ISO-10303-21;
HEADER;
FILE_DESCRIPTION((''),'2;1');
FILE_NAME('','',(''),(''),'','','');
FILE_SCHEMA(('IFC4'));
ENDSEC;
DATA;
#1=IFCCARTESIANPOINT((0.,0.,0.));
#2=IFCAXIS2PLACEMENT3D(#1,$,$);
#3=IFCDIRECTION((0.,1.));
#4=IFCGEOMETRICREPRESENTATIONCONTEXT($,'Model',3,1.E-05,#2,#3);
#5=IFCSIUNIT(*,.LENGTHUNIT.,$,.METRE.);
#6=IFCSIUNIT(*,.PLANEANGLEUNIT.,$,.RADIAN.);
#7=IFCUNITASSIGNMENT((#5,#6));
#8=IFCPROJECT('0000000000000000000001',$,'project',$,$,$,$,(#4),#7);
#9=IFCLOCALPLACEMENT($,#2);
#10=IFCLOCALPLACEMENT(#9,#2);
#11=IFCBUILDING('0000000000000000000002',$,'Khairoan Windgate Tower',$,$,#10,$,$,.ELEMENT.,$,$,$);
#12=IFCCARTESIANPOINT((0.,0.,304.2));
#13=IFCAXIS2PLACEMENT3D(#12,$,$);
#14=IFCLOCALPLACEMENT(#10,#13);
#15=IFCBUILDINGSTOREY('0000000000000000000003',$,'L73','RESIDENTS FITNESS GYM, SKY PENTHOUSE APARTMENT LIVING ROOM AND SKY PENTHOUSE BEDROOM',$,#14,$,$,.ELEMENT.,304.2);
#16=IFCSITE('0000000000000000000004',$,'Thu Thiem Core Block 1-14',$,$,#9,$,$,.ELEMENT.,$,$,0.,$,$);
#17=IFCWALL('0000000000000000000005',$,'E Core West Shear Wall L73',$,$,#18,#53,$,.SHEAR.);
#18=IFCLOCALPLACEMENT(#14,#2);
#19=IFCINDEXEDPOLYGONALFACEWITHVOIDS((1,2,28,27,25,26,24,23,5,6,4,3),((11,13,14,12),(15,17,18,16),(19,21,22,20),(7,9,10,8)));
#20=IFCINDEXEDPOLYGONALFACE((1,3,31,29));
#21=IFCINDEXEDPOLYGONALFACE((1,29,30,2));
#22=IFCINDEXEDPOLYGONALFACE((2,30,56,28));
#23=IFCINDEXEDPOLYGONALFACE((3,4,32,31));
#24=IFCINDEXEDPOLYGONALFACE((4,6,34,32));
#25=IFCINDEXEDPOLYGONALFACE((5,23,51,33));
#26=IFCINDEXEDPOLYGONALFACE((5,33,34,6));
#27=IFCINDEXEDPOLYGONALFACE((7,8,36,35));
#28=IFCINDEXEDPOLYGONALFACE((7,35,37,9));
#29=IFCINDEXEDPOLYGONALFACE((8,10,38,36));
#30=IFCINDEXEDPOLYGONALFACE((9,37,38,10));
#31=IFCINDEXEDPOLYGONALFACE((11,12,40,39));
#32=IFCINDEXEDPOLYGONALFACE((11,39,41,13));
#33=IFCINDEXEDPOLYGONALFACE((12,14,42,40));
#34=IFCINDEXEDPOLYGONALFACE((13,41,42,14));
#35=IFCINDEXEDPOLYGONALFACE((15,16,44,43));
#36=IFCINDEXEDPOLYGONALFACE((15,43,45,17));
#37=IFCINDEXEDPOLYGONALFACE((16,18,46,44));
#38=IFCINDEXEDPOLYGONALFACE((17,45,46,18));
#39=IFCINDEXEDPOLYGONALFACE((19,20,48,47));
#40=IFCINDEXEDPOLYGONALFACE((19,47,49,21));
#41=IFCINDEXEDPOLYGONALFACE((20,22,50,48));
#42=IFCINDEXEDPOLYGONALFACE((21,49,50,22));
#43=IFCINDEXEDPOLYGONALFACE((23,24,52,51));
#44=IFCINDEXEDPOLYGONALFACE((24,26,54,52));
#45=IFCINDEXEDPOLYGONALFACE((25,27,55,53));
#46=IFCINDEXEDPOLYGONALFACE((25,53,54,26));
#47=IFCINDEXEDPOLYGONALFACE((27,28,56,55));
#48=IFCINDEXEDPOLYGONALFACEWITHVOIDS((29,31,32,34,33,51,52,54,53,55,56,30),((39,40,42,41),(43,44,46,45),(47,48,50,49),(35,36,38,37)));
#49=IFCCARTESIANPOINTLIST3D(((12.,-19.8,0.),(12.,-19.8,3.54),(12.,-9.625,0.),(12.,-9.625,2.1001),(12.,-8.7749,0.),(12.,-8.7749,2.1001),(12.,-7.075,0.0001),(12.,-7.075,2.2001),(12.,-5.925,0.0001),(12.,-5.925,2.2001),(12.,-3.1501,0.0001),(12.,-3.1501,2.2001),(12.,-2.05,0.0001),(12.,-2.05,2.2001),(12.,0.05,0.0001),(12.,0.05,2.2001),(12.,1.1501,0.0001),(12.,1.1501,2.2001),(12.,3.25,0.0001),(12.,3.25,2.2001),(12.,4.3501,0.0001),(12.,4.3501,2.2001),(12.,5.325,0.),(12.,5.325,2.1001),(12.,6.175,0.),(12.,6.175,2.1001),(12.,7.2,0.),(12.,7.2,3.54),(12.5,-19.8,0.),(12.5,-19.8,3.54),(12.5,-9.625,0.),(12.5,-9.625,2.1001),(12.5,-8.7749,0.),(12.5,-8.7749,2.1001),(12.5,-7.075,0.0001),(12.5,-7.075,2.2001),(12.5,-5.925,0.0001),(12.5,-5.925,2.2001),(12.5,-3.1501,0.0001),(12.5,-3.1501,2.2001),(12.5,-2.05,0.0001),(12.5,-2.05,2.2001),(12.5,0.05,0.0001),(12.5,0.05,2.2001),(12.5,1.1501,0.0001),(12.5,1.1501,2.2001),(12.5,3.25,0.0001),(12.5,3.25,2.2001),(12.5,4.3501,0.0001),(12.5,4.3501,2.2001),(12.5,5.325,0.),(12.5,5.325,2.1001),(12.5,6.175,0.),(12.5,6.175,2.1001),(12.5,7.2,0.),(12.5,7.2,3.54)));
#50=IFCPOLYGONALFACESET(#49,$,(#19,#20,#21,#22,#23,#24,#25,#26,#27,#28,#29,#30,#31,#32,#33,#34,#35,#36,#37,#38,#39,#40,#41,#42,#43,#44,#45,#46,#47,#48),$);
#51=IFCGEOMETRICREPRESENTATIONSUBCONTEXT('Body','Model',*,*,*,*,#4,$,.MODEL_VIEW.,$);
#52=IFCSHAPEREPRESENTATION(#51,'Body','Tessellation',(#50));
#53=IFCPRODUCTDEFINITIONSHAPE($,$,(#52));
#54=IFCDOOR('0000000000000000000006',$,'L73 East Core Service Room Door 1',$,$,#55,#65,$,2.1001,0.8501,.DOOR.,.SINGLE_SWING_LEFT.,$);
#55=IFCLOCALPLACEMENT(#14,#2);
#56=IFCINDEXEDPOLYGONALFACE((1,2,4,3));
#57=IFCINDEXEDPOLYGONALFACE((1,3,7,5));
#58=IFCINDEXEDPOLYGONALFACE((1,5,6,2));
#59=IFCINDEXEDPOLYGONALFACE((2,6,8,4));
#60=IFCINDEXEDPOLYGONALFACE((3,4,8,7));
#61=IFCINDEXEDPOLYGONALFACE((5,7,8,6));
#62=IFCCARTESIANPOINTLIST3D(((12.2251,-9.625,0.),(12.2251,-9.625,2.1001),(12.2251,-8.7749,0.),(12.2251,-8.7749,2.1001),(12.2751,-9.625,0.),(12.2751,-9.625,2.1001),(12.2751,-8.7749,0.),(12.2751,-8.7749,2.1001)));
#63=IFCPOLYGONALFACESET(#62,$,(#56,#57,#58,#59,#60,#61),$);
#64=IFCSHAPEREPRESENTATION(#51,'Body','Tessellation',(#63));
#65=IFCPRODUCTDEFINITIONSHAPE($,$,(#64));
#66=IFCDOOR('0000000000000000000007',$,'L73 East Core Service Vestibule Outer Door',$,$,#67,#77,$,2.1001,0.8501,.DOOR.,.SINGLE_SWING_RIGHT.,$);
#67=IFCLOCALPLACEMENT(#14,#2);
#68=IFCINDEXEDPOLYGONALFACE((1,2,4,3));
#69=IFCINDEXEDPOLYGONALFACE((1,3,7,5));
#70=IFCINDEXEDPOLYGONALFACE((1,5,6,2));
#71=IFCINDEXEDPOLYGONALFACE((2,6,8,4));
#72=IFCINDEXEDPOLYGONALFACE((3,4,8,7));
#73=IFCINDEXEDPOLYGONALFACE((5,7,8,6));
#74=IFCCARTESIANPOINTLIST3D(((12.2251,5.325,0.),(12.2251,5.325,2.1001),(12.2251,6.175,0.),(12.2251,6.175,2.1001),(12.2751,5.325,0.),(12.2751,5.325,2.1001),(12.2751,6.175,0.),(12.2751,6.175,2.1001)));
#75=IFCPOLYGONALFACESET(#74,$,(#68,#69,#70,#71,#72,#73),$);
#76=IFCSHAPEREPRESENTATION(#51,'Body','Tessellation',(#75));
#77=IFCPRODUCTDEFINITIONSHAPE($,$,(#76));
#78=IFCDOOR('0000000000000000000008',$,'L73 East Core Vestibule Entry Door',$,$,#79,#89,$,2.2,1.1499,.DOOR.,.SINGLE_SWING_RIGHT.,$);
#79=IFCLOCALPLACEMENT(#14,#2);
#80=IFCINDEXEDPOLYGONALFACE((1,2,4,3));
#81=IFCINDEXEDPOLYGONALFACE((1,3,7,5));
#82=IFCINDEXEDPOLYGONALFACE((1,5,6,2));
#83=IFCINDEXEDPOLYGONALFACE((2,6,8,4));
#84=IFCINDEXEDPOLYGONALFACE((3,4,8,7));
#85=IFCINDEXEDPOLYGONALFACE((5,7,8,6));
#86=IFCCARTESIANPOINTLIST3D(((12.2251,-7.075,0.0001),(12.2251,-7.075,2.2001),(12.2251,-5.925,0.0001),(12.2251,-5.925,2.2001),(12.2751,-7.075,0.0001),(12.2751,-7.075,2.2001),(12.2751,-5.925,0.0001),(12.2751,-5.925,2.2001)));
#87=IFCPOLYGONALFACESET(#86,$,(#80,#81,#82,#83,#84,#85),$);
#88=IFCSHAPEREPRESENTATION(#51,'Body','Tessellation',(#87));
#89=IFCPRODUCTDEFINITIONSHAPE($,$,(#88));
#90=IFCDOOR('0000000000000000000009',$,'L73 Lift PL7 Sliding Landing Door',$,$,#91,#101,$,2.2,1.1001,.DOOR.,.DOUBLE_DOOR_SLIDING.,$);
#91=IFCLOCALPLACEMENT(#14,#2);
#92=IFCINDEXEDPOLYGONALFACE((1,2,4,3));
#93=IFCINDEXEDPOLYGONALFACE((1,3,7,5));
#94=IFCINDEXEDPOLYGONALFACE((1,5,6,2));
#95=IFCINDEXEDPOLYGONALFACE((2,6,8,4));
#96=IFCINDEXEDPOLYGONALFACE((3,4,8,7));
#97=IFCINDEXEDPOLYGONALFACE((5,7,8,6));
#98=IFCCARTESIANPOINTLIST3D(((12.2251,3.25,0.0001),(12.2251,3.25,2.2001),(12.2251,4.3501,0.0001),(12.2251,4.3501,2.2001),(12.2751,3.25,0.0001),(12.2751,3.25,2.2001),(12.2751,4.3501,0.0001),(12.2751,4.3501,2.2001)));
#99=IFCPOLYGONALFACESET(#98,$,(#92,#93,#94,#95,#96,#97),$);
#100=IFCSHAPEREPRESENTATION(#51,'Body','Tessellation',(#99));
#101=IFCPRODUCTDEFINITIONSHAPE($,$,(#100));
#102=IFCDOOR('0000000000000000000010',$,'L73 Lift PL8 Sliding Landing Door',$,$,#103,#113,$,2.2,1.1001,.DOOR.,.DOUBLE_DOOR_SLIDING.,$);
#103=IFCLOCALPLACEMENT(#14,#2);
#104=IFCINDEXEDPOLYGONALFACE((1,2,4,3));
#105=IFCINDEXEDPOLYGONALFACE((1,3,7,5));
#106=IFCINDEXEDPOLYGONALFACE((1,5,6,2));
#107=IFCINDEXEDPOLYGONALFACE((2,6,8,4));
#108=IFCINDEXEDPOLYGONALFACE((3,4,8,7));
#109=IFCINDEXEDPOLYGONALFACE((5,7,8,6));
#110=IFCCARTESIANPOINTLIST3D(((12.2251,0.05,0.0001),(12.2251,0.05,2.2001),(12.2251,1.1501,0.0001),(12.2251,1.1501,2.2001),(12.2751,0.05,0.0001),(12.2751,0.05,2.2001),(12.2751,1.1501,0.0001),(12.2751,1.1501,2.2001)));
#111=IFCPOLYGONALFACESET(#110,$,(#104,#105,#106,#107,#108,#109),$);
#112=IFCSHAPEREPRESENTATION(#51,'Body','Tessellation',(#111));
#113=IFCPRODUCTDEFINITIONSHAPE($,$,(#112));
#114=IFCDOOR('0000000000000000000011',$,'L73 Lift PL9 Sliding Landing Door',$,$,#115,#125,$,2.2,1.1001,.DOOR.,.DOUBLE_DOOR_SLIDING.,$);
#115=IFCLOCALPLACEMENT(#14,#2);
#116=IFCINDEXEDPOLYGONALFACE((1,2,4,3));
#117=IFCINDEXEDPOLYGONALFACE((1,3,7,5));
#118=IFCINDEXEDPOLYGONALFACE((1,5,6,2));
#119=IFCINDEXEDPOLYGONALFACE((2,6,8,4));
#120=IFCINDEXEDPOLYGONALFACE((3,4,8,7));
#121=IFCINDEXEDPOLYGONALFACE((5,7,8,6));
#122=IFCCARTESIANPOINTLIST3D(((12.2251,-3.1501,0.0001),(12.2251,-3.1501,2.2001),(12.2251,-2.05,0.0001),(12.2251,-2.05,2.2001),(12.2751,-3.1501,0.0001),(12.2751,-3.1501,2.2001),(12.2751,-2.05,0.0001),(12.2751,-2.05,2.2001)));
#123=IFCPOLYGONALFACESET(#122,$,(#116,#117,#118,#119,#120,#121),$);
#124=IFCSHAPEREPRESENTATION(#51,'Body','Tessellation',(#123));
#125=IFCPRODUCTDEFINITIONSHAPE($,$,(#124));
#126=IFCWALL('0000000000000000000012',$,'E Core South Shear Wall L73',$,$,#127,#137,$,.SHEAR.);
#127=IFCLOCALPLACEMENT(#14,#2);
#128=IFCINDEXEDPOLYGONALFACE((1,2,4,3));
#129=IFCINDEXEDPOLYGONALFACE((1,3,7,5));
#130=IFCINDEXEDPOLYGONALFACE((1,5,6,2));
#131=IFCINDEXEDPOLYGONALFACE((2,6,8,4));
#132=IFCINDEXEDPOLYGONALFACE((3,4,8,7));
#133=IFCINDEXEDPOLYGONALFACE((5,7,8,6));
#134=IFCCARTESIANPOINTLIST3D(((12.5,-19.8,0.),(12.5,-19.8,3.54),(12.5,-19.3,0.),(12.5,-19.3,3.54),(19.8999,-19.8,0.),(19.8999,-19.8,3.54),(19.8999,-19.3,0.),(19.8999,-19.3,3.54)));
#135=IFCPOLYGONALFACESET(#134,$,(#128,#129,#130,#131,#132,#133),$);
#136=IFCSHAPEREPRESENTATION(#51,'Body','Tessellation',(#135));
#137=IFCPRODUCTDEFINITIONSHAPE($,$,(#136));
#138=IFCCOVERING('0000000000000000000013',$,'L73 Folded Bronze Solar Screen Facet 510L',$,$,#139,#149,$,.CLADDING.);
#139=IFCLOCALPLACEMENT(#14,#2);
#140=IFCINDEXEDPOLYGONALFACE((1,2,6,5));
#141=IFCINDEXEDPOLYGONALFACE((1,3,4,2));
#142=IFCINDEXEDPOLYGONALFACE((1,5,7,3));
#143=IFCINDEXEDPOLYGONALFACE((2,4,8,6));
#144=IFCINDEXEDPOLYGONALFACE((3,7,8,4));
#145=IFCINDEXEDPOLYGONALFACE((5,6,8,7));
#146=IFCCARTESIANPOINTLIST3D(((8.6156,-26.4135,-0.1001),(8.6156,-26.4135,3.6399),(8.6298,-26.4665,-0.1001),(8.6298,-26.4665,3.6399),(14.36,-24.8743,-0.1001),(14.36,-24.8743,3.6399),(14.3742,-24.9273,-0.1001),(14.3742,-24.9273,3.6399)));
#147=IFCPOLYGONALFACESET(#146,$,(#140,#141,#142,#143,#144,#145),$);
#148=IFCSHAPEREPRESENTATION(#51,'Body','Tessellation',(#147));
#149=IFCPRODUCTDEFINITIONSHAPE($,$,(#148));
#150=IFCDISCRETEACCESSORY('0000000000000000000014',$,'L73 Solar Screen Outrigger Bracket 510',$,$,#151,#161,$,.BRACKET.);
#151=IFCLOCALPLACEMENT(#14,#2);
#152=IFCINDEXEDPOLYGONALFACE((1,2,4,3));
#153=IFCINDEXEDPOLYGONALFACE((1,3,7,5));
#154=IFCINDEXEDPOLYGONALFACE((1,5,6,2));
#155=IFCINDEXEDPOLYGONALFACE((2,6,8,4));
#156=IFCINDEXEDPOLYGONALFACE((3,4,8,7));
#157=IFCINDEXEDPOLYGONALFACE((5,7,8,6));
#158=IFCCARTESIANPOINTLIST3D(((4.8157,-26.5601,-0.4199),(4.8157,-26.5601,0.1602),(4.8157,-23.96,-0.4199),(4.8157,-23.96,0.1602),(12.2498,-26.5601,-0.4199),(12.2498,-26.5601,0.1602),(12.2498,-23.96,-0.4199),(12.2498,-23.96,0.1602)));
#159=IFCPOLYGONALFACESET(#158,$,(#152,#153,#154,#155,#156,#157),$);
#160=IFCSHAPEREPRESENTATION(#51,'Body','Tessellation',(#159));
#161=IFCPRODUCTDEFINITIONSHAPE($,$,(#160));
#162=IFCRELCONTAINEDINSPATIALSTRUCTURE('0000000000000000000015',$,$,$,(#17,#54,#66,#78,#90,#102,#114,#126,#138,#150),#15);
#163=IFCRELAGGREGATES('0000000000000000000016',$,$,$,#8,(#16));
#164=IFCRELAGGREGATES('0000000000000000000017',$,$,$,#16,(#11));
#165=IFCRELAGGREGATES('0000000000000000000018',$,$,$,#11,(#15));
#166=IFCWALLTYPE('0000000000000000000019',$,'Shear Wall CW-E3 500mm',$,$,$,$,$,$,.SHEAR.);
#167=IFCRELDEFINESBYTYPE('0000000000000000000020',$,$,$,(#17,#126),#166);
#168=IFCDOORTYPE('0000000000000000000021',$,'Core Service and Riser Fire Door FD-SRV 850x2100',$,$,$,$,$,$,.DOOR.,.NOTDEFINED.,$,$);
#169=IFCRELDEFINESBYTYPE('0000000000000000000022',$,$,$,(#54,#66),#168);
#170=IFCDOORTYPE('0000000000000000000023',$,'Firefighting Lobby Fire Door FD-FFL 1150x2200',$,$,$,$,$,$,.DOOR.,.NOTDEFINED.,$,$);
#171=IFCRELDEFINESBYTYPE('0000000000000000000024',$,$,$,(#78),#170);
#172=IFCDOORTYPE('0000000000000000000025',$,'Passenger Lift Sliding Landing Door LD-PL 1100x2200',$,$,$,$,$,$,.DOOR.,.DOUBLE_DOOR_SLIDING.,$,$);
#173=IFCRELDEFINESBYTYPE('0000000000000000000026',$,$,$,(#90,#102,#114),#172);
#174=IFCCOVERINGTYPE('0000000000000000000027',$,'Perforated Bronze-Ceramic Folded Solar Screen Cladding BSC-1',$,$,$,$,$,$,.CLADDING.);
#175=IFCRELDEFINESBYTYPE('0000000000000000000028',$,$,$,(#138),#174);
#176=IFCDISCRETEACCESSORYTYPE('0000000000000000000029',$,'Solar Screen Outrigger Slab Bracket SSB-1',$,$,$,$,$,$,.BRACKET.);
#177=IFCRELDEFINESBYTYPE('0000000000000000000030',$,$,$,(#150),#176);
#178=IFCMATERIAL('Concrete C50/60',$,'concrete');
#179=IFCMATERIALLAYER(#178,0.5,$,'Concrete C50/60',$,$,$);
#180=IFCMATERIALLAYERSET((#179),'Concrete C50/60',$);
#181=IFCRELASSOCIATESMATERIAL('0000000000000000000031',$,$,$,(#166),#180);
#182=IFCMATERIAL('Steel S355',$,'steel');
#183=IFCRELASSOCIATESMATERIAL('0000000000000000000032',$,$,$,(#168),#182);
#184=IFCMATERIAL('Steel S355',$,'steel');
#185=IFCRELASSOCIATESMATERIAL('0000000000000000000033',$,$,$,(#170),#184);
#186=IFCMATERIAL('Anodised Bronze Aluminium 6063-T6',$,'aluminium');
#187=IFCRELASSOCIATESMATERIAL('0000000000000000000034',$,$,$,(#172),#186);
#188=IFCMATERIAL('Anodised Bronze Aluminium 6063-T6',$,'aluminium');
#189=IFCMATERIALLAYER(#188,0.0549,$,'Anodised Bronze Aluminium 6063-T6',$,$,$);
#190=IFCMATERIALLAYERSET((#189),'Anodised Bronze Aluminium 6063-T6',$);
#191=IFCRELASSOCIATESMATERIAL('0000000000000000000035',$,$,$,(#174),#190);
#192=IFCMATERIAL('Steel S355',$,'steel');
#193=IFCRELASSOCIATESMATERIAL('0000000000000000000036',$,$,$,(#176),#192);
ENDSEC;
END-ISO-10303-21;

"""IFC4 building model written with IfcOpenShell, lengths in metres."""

from ifc_helpers import new_model, si_unit, direction, frame, frame_2d, origin, origin_2d, place, context, subcontext, project, spatial, rectangle, extrude, material, layer, layer_set, type_object, element, fill, save


model = new_model("IFC4")

# Units and contexts
model_context = context("Model", 3, precision=1e-05, world=origin(), true_north=direction((0.0, 1.0)))
body_context = subcontext(model_context, "Body", "Model", "MODEL_VIEW")
ifc_project = project(units=[si_unit("LENGTHUNIT", "METRE"), si_unit("PLANEANGLEUNIT", "RADIAN")], contexts=[model_context])

# Site, building, storey
site_placement = place(None, origin())
site = spatial("IfcSite", under=ifc_project, at=site_placement, Name="Thu Thiem Core Block 1-14", CompositionType="ELEMENT", RefElevation=0.0)
building_placement = place(site_placement, origin())
building = spatial("IfcBuilding", under=site, at=building_placement, Name="Khairoan Windgate Tower", CompositionType="ELEMENT")
storey_placement = place(building_placement, frame((0.0, 0.0, 304.2)))
storey = spatial("IfcBuildingStorey", under=building, at=storey_placement, Name="L73", Description="RESIDENTS FITNESS GYM, SKY PENTHOUSE APARTMENT LIVING ROOM AND SKY PENTHOUSE BEDROOM", CompositionType="ELEMENT", Elevation=304.2)

# Wall, openings, doors
ifc_material_1 = material(Name="Concrete C50/60", Category="concrete")
ifc_layer_1 = layer(ifc_material_1, 0.5, Name="Concrete C50/60")
ifc_layer_set_1 = layer_set([ifc_layer_1], Name="Concrete C50/60")
wall_type_1 = type_object("IfcWallType", Name="Shear Wall CW-E3 500mm", PredefinedType="SHEAR", material=ifc_layer_set_1)
wall_1_placement = place(storey_placement, frame((12.25, -19.8, 0.0), z_axis=(0.0, 0.0, 1.0), x_axis=(0.0, 1.0, 0.0)))
wall_1 = element("IfcWall", 1, at=wall_1_placement, inside=storey, type_object=wall_type_1, Name="E Core West Shear Wall L73", PredefinedType="SHEAR", context=body_context, shape_type="SweptSolid", body=[
    extrude(rectangle(XDim=27.0, YDim=0.5, at=frame_2d((13.5, 0.0))), origin(), (0.0, 0.0, 1.0), 3.54),
])
opening_1_placement = place(wall_1_placement, frame((23.05, 0.0, 0.0)))
opening_1 = element("IfcOpeningElement", 2, at=opening_1_placement, cuts=wall_1, PredefinedType="OPENING", context=body_context, shape_type="SweptSolid", body=[
    extrude(rectangle(XDim=1.1001, YDim=2.2, at=frame_2d((0.55, 1.1001))), frame((0.0, 0.26, 0.0), z_axis=(0.0, -1.0, 0.0), x_axis=(1.0, 0.0, 0.0)), (0.0, 0.0, 1.0), 0.52),
])
opening_2_placement = place(wall_1_placement, frame((19.8501, 0.0, 0.0)))
opening_2 = element("IfcOpeningElement", 3, at=opening_2_placement, cuts=wall_1, PredefinedType="OPENING", context=body_context, shape_type="SweptSolid", body=[
    extrude(rectangle(XDim=1.1001, YDim=2.2, at=frame_2d((0.55, 1.1001))), frame((0.0, 0.26, 0.0), z_axis=(0.0, -1.0, 0.0), x_axis=(1.0, 0.0, 0.0)), (0.0, 0.0, 1.0), 0.52),
])
opening_3_placement = place(wall_1_placement, frame((16.6499, 0.0, 0.0)))
opening_3 = element("IfcOpeningElement", 4, at=opening_3_placement, cuts=wall_1, PredefinedType="OPENING", context=body_context, shape_type="SweptSolid", body=[
    extrude(rectangle(XDim=1.1001, YDim=2.2, at=frame_2d((0.55, 1.1001))), frame((0.0, 0.26, 0.0), z_axis=(0.0, -1.0, 0.0), x_axis=(1.0, 0.0, 0.0)), (0.0, 0.0, 1.0), 0.52),
])
opening_4_placement = place(wall_1_placement, frame((10.175, 0.0, 0.0)))
opening_4 = element("IfcOpeningElement", 5, at=opening_4_placement, cuts=wall_1, PredefinedType="OPENING", context=body_context, shape_type="SweptSolid", body=[
    extrude(rectangle(XDim=0.8501, YDim=2.1001, at=frame_2d((0.425, 1.05))), frame((0.0, 0.26, 0.0), z_axis=(0.0, -1.0, 0.0), x_axis=(1.0, 0.0, 0.0)), (0.0, 0.0, 1.0), 0.52),
])
opening_5_placement = place(wall_1_placement, frame((12.7251, 0.0, 0.0)))
opening_5 = element("IfcOpeningElement", 6, at=opening_5_placement, cuts=wall_1, PredefinedType="OPENING", context=body_context, shape_type="SweptSolid", body=[
    extrude(rectangle(XDim=1.1499, YDim=2.2, at=frame_2d((0.575, 1.1001))), frame((0.0, 0.26, 0.0), z_axis=(0.0, -1.0, 0.0), x_axis=(1.0, 0.0, 0.0)), (0.0, 0.0, 1.0), 0.52),
])
opening_6_placement = place(wall_1_placement, frame((25.125, 0.0, 0.0)))
opening_6 = element("IfcOpeningElement", 7, at=opening_6_placement, cuts=wall_1, PredefinedType="OPENING", context=body_context, shape_type="SweptSolid", body=[
    extrude(rectangle(XDim=0.8501, YDim=2.1001, at=frame_2d((0.425, 1.05))), frame((0.0, 0.26, 0.0), z_axis=(0.0, -1.0, 0.0), x_axis=(1.0, 0.0, 0.0)), (0.0, 0.0, 1.0), 0.52),
])
ifc_material_2 = material(Name="Steel S355", Category="steel")
door_type_1 = type_object("IfcDoorType", Name="Core Service and Riser Fire Door FD-SRV 850x2100", OperationType="NOTDEFINED", PredefinedType="DOOR", material=ifc_material_2)
door_1_placement = place(opening_4_placement, origin())
door_1 = element("IfcDoor", 8, at=door_1_placement, inside=storey, type_object=door_type_1, Name="L73 East Core Service Room Door 1", OperationType="SINGLE_SWING_LEFT", OverallHeight=2.1001, OverallWidth=0.8501, PredefinedType="DOOR", context=body_context, shape_type="SweptSolid", body=[
    extrude(rectangle(XDim=0.8501, YDim=2.1001, at=frame_2d((0.425, 1.05))), frame((0.0, 0.0249, 0.0), z_axis=(0.0, -1.0, 0.0), x_axis=(1.0, 0.0, 0.0)), (0.0, 0.0, 1.0), 0.05),
])
fill(opening_4, door_1)
door_2_placement = place(opening_6_placement, origin())
door_2 = element("IfcDoor", 9, at=door_2_placement, inside=storey, type_object=door_type_1, Name="L73 East Core Service Vestibule Outer Door", OperationType="SINGLE_SWING_RIGHT", OverallHeight=2.1001, OverallWidth=0.8501, PredefinedType="DOOR", context=body_context, shape_type="SweptSolid", body=[
    extrude(rectangle(XDim=0.8501, YDim=2.1001, at=frame_2d((0.425, 1.05))), frame((0.0, 0.0249, 0.0), z_axis=(0.0, -1.0, 0.0), x_axis=(1.0, 0.0, 0.0)), (0.0, 0.0, 1.0), 0.05),
])
fill(opening_6, door_2)
ifc_material_3 = material(Name="Steel S355", Category="steel")
door_type_2 = type_object("IfcDoorType", Name="Firefighting Lobby Fire Door FD-FFL 1150x2200", OperationType="NOTDEFINED", PredefinedType="DOOR", material=ifc_material_3)
door_3_placement = place(opening_5_placement, origin())
door_3 = element("IfcDoor", 10, at=door_3_placement, inside=storey, type_object=door_type_2, Name="L73 East Core Vestibule Entry Door", OperationType="SINGLE_SWING_RIGHT", OverallHeight=2.2, OverallWidth=1.1499, PredefinedType="DOOR", context=body_context, shape_type="SweptSolid", body=[
    extrude(rectangle(XDim=1.1499, YDim=2.2, at=frame_2d((0.575, 1.1001))), frame((0.0, 0.0249, 0.0), z_axis=(0.0, -1.0, 0.0), x_axis=(1.0, 0.0, 0.0)), (0.0, 0.0, 1.0), 0.05),
])
fill(opening_5, door_3)
ifc_material_4 = material(Name="Anodised Bronze Aluminium 6063-T6", Category="aluminium")
door_type_3 = type_object("IfcDoorType", Name="Passenger Lift Sliding Landing Door LD-PL 1100x2200", OperationType="DOUBLE_DOOR_SLIDING", PredefinedType="DOOR", material=ifc_material_4)
door_4_placement = place(opening_1_placement, origin())
door_4 = element("IfcDoor", 11, at=door_4_placement, inside=storey, type_object=door_type_3, Name="L73 Lift PL7 Sliding Landing Door", OperationType="DOUBLE_DOOR_SLIDING", OverallHeight=2.2, OverallWidth=1.1001, PredefinedType="DOOR", context=body_context, shape_type="SweptSolid", body=[
    extrude(rectangle(XDim=1.1001, YDim=2.2, at=frame_2d((0.55, 1.1001))), frame((0.0, 0.0249, 0.0), z_axis=(0.0, -1.0, 0.0), x_axis=(1.0, 0.0, 0.0)), (0.0, 0.0, 1.0), 0.05),
])
fill(opening_1, door_4)
door_5_placement = place(opening_2_placement, origin())
door_5 = element("IfcDoor", 12, at=door_5_placement, inside=storey, type_object=door_type_3, Name="L73 Lift PL8 Sliding Landing Door", OperationType="DOUBLE_DOOR_SLIDING", OverallHeight=2.2, OverallWidth=1.1001, PredefinedType="DOOR", context=body_context, shape_type="SweptSolid", body=[
    extrude(rectangle(XDim=1.1001, YDim=2.2, at=frame_2d((0.55, 1.1001))), frame((0.0, 0.0249, 0.0), z_axis=(0.0, -1.0, 0.0), x_axis=(1.0, 0.0, 0.0)), (0.0, 0.0, 1.0), 0.05),
])
fill(opening_2, door_5)
door_6_placement = place(opening_3_placement, origin())
door_6 = element("IfcDoor", 13, at=door_6_placement, inside=storey, type_object=door_type_3, Name="L73 Lift PL9 Sliding Landing Door", OperationType="DOUBLE_DOOR_SLIDING", OverallHeight=2.2, OverallWidth=1.1001, PredefinedType="DOOR", context=body_context, shape_type="SweptSolid", body=[
    extrude(rectangle(XDim=1.1001, YDim=2.2, at=frame_2d((0.55, 1.1001))), frame((0.0, 0.0249, 0.0), z_axis=(0.0, -1.0, 0.0), x_axis=(1.0, 0.0, 0.0)), (0.0, 0.0, 1.0), 0.05),
])
fill(opening_3, door_6)

# Wall
wall_2_placement = place(storey_placement, frame((12.5, -19.55, 0.0), z_axis=(0.0, 0.0, 1.0), x_axis=(1.0, 0.0, 0.0)))
element("IfcWall", 14, at=wall_2_placement, inside=storey, type_object=wall_type_1, Name="E Core South Shear Wall L73", PredefinedType="SHEAR", context=body_context, shape_type="SweptSolid", body=[
    extrude(rectangle(XDim=7.3999, YDim=0.5, at=frame_2d((3.7, 0.0))), origin(), (0.0, 0.0, 1.0), 3.54),
])

# Covering
ifc_material_5 = material(Name="Anodised Bronze Aluminium 6063-T6", Category="aluminium")
ifc_layer_2 = layer(ifc_material_5, 0.0549, Name="Anodised Bronze Aluminium 6063-T6")
ifc_layer_set_2 = layer_set([ifc_layer_2], Name="Anodised Bronze Aluminium 6063-T6")
covering_type = type_object("IfcCoveringType", Name="Perforated Bronze-Ceramic Folded Solar Screen Cladding BSC-1", PredefinedType="CLADDING", material=ifc_layer_set_2)
covering_placement = place(storey_placement, frame((11.4949, -25.6704, -0.1001), z_axis=(0.0, 0.0, 1.0), x_axis=(-0.965926, -0.258819, 0.0)))
element("IfcCovering", 15, at=covering_placement, inside=storey, type_object=covering_type, Name="L73 Folded Bronze Solar Screen Facet 510L", PredefinedType="CLADDING", context=body_context, shape_type="SweptSolid", body=[
    extrude(rectangle(XDim=5.947, YDim=0.0549, at=origin_2d()), origin(), (0.0, 0.0, 1.0), 3.74),
])

# Discrete accessory
ifc_material_6 = material(Name="Steel S355", Category="steel")
discrete_accessory_type = type_object("IfcDiscreteAccessoryType", Name="Solar Screen Outrigger Slab Bracket SSB-1", PredefinedType="BRACKET", material=ifc_material_6)
discrete_accessory_placement = place(storey_placement, frame((8.5327, -25.26, -0.4199), z_axis=(0.0, 0.0, 1.0), x_axis=(-1.0, 0.0, 0.0)))
element("IfcDiscreteAccessory", 16, at=discrete_accessory_placement, inside=storey, type_object=discrete_accessory_type, Name="L73 Solar Screen Outrigger Bracket 510", PredefinedType="BRACKET", context=body_context, shape_type="SweptSolid", body=[
    extrude(rectangle(XDim=7.4341, YDim=2.6001, at=origin_2d()), origin(), (0.0, 0.0, 1.0), 0.5801),
])

save(model, "model.ifc")
